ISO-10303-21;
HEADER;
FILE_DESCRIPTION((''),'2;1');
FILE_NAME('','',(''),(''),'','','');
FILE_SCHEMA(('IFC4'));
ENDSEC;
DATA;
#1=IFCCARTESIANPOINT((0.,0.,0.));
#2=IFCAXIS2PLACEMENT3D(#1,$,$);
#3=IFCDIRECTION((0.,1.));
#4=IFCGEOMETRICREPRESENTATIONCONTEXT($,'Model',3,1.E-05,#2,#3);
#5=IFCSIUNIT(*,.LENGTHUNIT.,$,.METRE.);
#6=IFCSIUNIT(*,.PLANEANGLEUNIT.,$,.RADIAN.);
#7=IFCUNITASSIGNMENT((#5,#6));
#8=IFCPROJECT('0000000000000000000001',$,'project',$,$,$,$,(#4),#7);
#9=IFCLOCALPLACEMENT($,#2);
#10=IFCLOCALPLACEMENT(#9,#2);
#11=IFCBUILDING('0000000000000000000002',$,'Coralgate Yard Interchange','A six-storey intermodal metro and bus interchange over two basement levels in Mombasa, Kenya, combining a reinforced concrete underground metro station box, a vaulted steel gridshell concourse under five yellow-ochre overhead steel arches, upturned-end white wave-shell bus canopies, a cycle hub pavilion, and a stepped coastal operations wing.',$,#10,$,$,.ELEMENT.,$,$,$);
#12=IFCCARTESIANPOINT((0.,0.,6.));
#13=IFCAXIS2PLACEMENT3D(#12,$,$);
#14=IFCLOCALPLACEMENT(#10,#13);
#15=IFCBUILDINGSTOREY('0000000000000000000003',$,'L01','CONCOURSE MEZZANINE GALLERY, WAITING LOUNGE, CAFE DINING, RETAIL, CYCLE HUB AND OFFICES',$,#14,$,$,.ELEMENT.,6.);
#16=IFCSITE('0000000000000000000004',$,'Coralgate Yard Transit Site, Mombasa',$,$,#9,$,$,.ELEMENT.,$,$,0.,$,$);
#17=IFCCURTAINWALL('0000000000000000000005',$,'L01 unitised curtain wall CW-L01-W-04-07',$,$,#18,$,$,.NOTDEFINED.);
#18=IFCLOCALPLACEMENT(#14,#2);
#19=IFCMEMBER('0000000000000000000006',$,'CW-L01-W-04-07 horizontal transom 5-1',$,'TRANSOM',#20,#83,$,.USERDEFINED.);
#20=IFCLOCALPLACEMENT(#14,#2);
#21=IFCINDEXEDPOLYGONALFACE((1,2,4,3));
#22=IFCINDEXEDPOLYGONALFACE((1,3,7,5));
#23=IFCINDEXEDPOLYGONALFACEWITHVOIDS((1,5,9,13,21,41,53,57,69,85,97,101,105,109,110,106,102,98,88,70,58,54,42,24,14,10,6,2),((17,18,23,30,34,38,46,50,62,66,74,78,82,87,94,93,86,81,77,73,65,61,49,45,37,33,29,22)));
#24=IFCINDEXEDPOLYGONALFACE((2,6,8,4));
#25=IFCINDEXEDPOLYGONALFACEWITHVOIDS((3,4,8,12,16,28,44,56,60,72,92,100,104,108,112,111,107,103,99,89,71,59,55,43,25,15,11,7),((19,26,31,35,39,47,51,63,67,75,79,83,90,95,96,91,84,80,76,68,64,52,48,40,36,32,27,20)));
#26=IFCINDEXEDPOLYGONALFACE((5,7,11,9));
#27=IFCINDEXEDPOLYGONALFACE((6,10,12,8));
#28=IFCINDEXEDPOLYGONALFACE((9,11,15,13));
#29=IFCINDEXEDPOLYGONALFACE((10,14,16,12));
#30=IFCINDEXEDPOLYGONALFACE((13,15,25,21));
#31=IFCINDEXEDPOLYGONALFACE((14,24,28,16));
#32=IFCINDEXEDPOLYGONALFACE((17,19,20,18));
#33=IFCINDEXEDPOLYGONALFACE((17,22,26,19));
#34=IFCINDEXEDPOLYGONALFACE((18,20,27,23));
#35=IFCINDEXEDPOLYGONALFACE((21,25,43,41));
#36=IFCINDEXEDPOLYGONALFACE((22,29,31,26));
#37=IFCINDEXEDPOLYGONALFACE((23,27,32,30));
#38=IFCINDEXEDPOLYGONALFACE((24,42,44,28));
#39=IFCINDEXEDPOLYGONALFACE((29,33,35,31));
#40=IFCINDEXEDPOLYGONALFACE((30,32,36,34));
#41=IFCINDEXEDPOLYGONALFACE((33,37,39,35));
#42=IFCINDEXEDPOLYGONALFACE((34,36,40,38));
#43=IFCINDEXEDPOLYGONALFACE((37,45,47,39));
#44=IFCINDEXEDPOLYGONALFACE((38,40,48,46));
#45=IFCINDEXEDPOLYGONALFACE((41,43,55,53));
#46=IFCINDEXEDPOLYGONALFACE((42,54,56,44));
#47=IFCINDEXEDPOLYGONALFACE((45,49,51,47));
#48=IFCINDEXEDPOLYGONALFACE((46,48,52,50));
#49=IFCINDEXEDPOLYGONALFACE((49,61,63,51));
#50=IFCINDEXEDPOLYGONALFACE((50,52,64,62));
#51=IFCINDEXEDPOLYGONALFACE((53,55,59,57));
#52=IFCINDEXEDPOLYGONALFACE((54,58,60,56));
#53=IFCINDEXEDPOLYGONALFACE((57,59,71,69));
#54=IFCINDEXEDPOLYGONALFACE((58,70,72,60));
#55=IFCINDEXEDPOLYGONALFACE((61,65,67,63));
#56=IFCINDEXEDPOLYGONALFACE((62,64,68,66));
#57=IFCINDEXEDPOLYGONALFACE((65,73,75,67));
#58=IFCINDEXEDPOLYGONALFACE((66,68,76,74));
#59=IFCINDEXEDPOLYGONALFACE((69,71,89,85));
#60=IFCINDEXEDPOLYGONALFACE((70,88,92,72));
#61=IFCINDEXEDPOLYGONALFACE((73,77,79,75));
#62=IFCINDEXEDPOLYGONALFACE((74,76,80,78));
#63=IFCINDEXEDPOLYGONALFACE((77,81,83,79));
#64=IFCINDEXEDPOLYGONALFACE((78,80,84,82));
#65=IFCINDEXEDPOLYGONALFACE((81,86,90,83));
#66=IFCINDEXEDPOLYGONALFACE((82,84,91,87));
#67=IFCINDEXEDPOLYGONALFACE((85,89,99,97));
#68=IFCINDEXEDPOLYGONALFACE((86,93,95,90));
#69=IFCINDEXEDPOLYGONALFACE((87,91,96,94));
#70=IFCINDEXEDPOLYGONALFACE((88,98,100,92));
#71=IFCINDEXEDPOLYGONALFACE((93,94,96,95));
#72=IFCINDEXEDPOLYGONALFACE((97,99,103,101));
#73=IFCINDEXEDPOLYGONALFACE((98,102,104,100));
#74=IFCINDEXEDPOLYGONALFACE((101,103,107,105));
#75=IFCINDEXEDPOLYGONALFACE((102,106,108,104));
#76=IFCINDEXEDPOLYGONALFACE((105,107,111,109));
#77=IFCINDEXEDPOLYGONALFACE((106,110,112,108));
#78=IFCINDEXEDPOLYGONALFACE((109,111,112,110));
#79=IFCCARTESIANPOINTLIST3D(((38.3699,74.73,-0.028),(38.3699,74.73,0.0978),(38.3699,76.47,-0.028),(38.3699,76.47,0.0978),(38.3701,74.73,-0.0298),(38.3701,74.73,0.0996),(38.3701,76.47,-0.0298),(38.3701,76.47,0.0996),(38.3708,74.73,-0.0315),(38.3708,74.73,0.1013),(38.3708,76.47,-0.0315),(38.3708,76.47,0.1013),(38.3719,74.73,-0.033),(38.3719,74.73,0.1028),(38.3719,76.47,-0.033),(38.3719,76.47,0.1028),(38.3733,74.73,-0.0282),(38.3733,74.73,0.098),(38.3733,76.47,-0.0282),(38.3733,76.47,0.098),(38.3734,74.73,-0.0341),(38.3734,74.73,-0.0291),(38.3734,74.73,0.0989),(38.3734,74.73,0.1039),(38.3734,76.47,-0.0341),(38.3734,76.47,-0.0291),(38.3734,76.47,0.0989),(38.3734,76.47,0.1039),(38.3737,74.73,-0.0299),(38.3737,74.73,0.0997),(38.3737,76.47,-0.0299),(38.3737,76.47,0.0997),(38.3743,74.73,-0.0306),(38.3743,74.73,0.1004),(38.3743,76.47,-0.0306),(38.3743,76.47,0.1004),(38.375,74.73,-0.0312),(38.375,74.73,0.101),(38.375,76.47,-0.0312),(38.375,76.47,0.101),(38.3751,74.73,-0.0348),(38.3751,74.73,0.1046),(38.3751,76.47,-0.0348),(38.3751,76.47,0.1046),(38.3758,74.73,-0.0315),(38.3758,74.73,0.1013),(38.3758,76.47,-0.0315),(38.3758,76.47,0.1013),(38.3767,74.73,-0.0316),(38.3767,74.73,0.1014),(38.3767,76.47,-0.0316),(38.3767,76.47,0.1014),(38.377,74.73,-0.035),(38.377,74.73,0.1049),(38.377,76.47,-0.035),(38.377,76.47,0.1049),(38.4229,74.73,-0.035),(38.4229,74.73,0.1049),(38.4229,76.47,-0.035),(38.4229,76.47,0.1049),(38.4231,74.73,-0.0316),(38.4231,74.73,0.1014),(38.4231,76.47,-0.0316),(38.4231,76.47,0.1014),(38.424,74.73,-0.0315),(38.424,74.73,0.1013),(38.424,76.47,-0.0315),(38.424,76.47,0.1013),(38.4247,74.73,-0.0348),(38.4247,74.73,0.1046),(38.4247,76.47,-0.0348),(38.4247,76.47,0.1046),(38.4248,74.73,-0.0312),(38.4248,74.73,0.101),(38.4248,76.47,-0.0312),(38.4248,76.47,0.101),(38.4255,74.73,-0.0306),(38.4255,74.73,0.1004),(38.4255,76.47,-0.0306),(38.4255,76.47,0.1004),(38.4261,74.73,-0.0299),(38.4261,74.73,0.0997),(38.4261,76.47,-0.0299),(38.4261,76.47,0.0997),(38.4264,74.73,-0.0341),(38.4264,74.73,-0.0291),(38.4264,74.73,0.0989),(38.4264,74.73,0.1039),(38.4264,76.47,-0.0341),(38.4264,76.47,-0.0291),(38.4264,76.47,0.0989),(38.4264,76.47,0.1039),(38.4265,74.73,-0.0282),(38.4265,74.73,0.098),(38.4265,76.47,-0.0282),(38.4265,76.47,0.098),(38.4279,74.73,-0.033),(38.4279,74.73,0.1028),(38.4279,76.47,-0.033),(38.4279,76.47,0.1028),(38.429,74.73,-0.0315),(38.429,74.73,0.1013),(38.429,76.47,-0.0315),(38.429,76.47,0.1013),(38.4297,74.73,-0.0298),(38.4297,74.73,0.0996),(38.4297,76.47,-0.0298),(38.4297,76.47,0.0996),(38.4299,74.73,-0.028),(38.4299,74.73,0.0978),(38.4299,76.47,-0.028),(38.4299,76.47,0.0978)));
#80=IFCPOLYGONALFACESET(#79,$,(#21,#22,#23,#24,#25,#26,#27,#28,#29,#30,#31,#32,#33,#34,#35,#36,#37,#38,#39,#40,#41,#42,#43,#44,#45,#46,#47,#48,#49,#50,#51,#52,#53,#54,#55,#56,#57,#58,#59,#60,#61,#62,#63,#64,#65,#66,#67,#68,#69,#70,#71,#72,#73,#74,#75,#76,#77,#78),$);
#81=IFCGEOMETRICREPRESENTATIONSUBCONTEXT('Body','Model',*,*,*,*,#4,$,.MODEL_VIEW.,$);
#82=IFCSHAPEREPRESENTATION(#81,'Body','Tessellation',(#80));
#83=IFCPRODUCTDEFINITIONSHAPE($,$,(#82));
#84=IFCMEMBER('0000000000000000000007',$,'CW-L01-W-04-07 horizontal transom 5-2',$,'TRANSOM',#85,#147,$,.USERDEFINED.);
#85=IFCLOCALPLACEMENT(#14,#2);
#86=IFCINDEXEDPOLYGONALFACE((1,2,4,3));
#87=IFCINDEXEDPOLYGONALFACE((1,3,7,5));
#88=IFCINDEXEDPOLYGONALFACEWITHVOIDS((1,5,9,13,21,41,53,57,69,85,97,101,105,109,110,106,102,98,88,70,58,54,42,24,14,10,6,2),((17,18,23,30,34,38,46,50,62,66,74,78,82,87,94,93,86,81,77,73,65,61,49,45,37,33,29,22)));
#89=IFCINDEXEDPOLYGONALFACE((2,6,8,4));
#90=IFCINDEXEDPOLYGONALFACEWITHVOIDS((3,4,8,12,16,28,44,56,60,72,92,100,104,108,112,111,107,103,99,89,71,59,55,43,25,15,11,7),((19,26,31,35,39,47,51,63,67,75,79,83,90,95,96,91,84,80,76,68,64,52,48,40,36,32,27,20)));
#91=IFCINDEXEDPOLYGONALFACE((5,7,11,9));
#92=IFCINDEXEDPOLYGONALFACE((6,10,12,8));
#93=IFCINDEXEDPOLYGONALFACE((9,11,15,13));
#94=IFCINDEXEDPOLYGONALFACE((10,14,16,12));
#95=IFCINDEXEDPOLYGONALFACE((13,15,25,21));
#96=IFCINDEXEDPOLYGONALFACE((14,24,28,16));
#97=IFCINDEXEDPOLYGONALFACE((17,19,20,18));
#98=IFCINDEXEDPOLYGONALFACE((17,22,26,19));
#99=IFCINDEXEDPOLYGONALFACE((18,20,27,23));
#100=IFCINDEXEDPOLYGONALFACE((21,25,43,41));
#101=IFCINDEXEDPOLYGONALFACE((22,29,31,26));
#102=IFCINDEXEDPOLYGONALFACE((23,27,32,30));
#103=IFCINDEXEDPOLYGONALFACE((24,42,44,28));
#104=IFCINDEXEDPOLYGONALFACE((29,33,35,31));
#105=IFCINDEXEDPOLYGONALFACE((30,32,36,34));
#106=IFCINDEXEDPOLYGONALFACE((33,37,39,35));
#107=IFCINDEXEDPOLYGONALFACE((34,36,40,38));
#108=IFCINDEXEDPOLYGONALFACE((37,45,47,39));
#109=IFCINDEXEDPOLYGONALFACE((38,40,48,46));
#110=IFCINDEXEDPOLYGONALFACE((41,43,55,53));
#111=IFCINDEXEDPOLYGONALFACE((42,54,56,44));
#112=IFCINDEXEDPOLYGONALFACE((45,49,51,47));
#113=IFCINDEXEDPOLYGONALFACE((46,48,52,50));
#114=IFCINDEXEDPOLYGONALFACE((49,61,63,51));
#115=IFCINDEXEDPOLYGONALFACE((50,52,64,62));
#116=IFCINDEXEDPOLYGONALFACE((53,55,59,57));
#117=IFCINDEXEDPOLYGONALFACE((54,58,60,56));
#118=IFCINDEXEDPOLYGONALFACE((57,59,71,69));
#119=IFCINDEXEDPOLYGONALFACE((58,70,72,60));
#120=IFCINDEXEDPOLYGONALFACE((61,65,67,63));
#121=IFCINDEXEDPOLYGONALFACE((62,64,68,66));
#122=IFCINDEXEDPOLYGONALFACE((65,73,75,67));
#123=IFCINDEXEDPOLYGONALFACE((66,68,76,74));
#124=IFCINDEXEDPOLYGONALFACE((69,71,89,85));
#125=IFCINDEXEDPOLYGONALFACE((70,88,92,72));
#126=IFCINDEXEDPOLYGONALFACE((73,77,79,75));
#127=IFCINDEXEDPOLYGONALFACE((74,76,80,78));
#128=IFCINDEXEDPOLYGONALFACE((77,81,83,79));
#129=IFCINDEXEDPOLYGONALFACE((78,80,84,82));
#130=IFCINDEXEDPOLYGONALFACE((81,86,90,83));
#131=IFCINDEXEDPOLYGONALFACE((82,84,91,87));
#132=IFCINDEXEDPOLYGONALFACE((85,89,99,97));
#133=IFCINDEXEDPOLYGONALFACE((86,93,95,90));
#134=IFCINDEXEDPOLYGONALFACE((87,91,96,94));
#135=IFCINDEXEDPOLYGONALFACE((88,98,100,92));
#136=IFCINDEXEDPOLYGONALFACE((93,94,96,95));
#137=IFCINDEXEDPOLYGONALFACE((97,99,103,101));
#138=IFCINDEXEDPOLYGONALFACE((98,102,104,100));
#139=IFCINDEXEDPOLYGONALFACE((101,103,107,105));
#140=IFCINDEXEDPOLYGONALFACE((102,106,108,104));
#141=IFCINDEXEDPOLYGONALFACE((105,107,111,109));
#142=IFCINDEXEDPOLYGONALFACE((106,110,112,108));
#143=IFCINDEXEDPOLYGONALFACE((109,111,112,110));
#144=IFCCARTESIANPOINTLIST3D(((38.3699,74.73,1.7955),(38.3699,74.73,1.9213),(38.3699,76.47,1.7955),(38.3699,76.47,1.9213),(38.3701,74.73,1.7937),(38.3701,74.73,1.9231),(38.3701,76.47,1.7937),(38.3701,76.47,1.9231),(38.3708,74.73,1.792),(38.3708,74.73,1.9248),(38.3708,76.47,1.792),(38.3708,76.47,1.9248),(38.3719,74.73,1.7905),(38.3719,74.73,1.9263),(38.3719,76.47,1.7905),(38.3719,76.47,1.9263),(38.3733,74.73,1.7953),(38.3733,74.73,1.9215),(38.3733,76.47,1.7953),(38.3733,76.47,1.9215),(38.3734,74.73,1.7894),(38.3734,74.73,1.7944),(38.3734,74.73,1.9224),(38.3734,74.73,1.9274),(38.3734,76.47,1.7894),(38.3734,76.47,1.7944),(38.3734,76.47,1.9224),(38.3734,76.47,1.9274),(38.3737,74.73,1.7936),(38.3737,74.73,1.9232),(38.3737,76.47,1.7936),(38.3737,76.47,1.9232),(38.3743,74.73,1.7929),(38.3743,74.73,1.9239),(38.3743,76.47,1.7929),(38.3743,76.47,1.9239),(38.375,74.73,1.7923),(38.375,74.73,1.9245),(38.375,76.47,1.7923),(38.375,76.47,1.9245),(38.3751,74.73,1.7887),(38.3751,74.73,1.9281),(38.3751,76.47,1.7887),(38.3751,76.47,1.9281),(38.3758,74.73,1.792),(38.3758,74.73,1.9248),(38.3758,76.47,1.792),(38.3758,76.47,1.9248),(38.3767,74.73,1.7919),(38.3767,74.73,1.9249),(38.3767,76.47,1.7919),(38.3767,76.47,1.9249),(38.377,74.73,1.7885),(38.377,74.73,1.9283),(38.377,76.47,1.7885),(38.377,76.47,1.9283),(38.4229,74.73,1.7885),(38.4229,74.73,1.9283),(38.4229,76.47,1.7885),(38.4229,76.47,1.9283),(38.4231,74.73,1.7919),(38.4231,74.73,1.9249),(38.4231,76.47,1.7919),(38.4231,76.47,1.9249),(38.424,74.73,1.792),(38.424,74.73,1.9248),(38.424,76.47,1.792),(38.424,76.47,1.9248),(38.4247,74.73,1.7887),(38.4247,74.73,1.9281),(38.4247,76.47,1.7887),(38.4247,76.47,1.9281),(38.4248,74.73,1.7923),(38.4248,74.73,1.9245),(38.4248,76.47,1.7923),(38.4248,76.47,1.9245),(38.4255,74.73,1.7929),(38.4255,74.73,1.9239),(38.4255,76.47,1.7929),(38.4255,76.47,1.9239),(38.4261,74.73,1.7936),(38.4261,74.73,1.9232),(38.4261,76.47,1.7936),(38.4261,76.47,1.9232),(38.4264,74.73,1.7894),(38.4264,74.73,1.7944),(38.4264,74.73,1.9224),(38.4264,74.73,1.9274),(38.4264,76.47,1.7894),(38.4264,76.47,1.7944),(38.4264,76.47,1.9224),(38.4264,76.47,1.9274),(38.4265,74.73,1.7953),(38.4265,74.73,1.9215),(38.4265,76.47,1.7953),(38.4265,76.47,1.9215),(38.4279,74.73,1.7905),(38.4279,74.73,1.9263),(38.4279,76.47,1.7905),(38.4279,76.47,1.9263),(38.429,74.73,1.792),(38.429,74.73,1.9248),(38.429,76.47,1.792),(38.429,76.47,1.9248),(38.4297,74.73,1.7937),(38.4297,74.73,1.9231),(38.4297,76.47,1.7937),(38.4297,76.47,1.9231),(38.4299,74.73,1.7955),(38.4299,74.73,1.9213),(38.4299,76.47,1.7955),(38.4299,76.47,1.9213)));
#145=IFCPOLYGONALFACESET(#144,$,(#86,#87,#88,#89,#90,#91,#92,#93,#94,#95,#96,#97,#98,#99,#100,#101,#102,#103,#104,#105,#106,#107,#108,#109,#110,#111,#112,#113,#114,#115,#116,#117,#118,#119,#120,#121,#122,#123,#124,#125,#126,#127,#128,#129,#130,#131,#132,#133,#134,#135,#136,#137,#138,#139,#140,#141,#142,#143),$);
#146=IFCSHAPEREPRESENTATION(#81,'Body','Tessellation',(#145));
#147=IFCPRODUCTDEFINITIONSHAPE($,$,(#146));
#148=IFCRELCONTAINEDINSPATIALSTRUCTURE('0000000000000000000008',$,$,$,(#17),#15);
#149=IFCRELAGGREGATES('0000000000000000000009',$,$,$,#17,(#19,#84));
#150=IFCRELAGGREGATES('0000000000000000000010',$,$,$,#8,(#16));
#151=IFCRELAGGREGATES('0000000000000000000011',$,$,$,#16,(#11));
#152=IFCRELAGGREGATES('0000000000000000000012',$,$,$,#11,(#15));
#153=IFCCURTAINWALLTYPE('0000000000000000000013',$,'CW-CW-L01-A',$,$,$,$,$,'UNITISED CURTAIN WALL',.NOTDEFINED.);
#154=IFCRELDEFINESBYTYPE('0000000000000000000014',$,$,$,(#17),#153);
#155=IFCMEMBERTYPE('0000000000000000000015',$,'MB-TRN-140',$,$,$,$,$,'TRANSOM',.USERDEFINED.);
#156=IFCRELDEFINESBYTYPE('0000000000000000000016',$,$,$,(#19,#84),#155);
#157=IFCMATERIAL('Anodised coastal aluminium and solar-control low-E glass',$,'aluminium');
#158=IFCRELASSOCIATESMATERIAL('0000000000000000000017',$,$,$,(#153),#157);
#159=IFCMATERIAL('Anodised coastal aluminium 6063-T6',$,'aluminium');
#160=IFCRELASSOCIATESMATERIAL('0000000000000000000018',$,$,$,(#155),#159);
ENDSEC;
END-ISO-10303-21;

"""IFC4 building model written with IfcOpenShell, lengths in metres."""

from ifc_helpers import new_model, si_unit, direction, frame, origin, origin_2d, place, context, subcontext, project, spatial, hollow_rectangle, extrude, material, material_profile, profile_set, type_object, element, aggregate, save


model = new_model("IFC4")

# Units and contexts
model_context = context("Model", 3, precision=1e-05, world=origin(), true_north=direction((0.0, 1.0)))
body_context = subcontext(model_context, "Body", "Model", "MODEL_VIEW")
ifc_project = project(units=[si_unit("LENGTHUNIT", "METRE"), si_unit("PLANEANGLEUNIT", "RADIAN")], contexts=[model_context])

# Site, building, storey
site_placement = place(None, origin())
site = spatial("IfcSite", under=ifc_project, at=site_placement, Name="Coralgate Yard Transit Site, Mombasa", CompositionType="ELEMENT", RefElevation=0.0)
building_placement = place(site_placement, origin())
building = spatial("IfcBuilding", under=site, at=building_placement, Name="Coralgate Yard Interchange", Description="A six-storey intermodal metro and bus interchange over two basement levels in Mombasa, Kenya, combining a reinforced concrete underground metro station box, a vaulted steel gridshell concourse under five yellow-ochre overhead steel arches, upturned-end white wave-shell bus canopies, a cycle hub pavilion, and a stepped coastal operations wing.", CompositionType="ELEMENT")
storey_placement = place(building_placement, frame((0.0, 0.0, 6.0)))
storey = spatial("IfcBuildingStorey", under=building, at=storey_placement, Name="L01", Description="CONCOURSE MEZZANINE GALLERY, WAITING LOUNGE, CAFE DINING, RETAIL, CYCLE HUB AND OFFICES", CompositionType="ELEMENT", Elevation=6.0)

# Curtain wall
ifc_material_1 = material(Name="Anodised coastal aluminium and solar-control low-E glass", Category="aluminium")
curtain_wall_type_1 = type_object("IfcCurtainWallType", Name="CW-CW-L01-A", ElementType="UNITISED CURTAIN WALL", PredefinedType="NOTDEFINED", material=ifc_material_1)
curtain_wall_1_placement = place(storey_placement, origin())
curtain_wall_1 = element("IfcCurtainWall", 1, at=curtain_wall_1_placement, inside=storey, type_object=curtain_wall_type_1, Name="L01 unitised curtain wall CW-L01-W-04-07", PredefinedType="NOTDEFINED")
ifc_material_2 = material(Name="Anodised coastal aluminium 6063-T6", Category="aluminium")

# Members
ifc_material_profile_1 = material_profile(ifc_material_2, hollow_rectangle(XDim=0.0601, YDim=0.1399, WallThickness=0.0034, InnerFilletRadius=0.0034, OuterFilletRadius=0.0071, at=origin_2d()), Name="ALU 60x140x3.5")
ifc_profile_set_1 = profile_set([ifc_material_profile_1], Name="Anodised coastal aluminium 6063-T6")
member_type_1 = type_object("IfcMemberType", Name="MB-TRN-140", ElementType="TRANSOM", PredefinedType="USERDEFINED", material=ifc_profile_set_1)
member_1_placement = place(storey_placement, frame((38.3999, 74.73, 0.0349), z_axis=(0.0, 1.0, 0.0), x_axis=(-1.0, 0.0, 0.0)))
member_1 = element("IfcMember", 2, at=member_1_placement, type_object=member_type_1, Name="CW-L01-W-04-07 horizontal transom 5-1", ObjectType="TRANSOM", PredefinedType="USERDEFINED", context=body_context, shape_type="SweptSolid", body=[
    extrude(hollow_rectangle(XDim=0.0601, YDim=0.1399, WallThickness=0.0034, InnerFilletRadius=0.0034, OuterFilletRadius=0.0071, at=origin_2d()), origin(), (0.0, 0.0, 1.0), 1.74),
])
member_2_placement = place(storey_placement, frame((38.3999, 74.73, 1.8584), z_axis=(0.0, 1.0, 0.0), x_axis=(-1.0, 0.0, 0.0)))
member_2 = element("IfcMember", 3, at=member_2_placement, type_object=member_type_1, Name="CW-L01-W-04-07 horizontal transom 5-2", ObjectType="TRANSOM", PredefinedType="USERDEFINED", context=body_context, shape_type="SweptSolid", body=[
    extrude(hollow_rectangle(XDim=0.0601, YDim=0.1399, WallThickness=0.0034, InnerFilletRadius=0.0034, OuterFilletRadius=0.0071, at=origin_2d()), origin(), (0.0, 0.0, 1.0), 1.74),
])

aggregate(curtain_wall_1, [member_1, member_2])

save(model, "model.ifc")
